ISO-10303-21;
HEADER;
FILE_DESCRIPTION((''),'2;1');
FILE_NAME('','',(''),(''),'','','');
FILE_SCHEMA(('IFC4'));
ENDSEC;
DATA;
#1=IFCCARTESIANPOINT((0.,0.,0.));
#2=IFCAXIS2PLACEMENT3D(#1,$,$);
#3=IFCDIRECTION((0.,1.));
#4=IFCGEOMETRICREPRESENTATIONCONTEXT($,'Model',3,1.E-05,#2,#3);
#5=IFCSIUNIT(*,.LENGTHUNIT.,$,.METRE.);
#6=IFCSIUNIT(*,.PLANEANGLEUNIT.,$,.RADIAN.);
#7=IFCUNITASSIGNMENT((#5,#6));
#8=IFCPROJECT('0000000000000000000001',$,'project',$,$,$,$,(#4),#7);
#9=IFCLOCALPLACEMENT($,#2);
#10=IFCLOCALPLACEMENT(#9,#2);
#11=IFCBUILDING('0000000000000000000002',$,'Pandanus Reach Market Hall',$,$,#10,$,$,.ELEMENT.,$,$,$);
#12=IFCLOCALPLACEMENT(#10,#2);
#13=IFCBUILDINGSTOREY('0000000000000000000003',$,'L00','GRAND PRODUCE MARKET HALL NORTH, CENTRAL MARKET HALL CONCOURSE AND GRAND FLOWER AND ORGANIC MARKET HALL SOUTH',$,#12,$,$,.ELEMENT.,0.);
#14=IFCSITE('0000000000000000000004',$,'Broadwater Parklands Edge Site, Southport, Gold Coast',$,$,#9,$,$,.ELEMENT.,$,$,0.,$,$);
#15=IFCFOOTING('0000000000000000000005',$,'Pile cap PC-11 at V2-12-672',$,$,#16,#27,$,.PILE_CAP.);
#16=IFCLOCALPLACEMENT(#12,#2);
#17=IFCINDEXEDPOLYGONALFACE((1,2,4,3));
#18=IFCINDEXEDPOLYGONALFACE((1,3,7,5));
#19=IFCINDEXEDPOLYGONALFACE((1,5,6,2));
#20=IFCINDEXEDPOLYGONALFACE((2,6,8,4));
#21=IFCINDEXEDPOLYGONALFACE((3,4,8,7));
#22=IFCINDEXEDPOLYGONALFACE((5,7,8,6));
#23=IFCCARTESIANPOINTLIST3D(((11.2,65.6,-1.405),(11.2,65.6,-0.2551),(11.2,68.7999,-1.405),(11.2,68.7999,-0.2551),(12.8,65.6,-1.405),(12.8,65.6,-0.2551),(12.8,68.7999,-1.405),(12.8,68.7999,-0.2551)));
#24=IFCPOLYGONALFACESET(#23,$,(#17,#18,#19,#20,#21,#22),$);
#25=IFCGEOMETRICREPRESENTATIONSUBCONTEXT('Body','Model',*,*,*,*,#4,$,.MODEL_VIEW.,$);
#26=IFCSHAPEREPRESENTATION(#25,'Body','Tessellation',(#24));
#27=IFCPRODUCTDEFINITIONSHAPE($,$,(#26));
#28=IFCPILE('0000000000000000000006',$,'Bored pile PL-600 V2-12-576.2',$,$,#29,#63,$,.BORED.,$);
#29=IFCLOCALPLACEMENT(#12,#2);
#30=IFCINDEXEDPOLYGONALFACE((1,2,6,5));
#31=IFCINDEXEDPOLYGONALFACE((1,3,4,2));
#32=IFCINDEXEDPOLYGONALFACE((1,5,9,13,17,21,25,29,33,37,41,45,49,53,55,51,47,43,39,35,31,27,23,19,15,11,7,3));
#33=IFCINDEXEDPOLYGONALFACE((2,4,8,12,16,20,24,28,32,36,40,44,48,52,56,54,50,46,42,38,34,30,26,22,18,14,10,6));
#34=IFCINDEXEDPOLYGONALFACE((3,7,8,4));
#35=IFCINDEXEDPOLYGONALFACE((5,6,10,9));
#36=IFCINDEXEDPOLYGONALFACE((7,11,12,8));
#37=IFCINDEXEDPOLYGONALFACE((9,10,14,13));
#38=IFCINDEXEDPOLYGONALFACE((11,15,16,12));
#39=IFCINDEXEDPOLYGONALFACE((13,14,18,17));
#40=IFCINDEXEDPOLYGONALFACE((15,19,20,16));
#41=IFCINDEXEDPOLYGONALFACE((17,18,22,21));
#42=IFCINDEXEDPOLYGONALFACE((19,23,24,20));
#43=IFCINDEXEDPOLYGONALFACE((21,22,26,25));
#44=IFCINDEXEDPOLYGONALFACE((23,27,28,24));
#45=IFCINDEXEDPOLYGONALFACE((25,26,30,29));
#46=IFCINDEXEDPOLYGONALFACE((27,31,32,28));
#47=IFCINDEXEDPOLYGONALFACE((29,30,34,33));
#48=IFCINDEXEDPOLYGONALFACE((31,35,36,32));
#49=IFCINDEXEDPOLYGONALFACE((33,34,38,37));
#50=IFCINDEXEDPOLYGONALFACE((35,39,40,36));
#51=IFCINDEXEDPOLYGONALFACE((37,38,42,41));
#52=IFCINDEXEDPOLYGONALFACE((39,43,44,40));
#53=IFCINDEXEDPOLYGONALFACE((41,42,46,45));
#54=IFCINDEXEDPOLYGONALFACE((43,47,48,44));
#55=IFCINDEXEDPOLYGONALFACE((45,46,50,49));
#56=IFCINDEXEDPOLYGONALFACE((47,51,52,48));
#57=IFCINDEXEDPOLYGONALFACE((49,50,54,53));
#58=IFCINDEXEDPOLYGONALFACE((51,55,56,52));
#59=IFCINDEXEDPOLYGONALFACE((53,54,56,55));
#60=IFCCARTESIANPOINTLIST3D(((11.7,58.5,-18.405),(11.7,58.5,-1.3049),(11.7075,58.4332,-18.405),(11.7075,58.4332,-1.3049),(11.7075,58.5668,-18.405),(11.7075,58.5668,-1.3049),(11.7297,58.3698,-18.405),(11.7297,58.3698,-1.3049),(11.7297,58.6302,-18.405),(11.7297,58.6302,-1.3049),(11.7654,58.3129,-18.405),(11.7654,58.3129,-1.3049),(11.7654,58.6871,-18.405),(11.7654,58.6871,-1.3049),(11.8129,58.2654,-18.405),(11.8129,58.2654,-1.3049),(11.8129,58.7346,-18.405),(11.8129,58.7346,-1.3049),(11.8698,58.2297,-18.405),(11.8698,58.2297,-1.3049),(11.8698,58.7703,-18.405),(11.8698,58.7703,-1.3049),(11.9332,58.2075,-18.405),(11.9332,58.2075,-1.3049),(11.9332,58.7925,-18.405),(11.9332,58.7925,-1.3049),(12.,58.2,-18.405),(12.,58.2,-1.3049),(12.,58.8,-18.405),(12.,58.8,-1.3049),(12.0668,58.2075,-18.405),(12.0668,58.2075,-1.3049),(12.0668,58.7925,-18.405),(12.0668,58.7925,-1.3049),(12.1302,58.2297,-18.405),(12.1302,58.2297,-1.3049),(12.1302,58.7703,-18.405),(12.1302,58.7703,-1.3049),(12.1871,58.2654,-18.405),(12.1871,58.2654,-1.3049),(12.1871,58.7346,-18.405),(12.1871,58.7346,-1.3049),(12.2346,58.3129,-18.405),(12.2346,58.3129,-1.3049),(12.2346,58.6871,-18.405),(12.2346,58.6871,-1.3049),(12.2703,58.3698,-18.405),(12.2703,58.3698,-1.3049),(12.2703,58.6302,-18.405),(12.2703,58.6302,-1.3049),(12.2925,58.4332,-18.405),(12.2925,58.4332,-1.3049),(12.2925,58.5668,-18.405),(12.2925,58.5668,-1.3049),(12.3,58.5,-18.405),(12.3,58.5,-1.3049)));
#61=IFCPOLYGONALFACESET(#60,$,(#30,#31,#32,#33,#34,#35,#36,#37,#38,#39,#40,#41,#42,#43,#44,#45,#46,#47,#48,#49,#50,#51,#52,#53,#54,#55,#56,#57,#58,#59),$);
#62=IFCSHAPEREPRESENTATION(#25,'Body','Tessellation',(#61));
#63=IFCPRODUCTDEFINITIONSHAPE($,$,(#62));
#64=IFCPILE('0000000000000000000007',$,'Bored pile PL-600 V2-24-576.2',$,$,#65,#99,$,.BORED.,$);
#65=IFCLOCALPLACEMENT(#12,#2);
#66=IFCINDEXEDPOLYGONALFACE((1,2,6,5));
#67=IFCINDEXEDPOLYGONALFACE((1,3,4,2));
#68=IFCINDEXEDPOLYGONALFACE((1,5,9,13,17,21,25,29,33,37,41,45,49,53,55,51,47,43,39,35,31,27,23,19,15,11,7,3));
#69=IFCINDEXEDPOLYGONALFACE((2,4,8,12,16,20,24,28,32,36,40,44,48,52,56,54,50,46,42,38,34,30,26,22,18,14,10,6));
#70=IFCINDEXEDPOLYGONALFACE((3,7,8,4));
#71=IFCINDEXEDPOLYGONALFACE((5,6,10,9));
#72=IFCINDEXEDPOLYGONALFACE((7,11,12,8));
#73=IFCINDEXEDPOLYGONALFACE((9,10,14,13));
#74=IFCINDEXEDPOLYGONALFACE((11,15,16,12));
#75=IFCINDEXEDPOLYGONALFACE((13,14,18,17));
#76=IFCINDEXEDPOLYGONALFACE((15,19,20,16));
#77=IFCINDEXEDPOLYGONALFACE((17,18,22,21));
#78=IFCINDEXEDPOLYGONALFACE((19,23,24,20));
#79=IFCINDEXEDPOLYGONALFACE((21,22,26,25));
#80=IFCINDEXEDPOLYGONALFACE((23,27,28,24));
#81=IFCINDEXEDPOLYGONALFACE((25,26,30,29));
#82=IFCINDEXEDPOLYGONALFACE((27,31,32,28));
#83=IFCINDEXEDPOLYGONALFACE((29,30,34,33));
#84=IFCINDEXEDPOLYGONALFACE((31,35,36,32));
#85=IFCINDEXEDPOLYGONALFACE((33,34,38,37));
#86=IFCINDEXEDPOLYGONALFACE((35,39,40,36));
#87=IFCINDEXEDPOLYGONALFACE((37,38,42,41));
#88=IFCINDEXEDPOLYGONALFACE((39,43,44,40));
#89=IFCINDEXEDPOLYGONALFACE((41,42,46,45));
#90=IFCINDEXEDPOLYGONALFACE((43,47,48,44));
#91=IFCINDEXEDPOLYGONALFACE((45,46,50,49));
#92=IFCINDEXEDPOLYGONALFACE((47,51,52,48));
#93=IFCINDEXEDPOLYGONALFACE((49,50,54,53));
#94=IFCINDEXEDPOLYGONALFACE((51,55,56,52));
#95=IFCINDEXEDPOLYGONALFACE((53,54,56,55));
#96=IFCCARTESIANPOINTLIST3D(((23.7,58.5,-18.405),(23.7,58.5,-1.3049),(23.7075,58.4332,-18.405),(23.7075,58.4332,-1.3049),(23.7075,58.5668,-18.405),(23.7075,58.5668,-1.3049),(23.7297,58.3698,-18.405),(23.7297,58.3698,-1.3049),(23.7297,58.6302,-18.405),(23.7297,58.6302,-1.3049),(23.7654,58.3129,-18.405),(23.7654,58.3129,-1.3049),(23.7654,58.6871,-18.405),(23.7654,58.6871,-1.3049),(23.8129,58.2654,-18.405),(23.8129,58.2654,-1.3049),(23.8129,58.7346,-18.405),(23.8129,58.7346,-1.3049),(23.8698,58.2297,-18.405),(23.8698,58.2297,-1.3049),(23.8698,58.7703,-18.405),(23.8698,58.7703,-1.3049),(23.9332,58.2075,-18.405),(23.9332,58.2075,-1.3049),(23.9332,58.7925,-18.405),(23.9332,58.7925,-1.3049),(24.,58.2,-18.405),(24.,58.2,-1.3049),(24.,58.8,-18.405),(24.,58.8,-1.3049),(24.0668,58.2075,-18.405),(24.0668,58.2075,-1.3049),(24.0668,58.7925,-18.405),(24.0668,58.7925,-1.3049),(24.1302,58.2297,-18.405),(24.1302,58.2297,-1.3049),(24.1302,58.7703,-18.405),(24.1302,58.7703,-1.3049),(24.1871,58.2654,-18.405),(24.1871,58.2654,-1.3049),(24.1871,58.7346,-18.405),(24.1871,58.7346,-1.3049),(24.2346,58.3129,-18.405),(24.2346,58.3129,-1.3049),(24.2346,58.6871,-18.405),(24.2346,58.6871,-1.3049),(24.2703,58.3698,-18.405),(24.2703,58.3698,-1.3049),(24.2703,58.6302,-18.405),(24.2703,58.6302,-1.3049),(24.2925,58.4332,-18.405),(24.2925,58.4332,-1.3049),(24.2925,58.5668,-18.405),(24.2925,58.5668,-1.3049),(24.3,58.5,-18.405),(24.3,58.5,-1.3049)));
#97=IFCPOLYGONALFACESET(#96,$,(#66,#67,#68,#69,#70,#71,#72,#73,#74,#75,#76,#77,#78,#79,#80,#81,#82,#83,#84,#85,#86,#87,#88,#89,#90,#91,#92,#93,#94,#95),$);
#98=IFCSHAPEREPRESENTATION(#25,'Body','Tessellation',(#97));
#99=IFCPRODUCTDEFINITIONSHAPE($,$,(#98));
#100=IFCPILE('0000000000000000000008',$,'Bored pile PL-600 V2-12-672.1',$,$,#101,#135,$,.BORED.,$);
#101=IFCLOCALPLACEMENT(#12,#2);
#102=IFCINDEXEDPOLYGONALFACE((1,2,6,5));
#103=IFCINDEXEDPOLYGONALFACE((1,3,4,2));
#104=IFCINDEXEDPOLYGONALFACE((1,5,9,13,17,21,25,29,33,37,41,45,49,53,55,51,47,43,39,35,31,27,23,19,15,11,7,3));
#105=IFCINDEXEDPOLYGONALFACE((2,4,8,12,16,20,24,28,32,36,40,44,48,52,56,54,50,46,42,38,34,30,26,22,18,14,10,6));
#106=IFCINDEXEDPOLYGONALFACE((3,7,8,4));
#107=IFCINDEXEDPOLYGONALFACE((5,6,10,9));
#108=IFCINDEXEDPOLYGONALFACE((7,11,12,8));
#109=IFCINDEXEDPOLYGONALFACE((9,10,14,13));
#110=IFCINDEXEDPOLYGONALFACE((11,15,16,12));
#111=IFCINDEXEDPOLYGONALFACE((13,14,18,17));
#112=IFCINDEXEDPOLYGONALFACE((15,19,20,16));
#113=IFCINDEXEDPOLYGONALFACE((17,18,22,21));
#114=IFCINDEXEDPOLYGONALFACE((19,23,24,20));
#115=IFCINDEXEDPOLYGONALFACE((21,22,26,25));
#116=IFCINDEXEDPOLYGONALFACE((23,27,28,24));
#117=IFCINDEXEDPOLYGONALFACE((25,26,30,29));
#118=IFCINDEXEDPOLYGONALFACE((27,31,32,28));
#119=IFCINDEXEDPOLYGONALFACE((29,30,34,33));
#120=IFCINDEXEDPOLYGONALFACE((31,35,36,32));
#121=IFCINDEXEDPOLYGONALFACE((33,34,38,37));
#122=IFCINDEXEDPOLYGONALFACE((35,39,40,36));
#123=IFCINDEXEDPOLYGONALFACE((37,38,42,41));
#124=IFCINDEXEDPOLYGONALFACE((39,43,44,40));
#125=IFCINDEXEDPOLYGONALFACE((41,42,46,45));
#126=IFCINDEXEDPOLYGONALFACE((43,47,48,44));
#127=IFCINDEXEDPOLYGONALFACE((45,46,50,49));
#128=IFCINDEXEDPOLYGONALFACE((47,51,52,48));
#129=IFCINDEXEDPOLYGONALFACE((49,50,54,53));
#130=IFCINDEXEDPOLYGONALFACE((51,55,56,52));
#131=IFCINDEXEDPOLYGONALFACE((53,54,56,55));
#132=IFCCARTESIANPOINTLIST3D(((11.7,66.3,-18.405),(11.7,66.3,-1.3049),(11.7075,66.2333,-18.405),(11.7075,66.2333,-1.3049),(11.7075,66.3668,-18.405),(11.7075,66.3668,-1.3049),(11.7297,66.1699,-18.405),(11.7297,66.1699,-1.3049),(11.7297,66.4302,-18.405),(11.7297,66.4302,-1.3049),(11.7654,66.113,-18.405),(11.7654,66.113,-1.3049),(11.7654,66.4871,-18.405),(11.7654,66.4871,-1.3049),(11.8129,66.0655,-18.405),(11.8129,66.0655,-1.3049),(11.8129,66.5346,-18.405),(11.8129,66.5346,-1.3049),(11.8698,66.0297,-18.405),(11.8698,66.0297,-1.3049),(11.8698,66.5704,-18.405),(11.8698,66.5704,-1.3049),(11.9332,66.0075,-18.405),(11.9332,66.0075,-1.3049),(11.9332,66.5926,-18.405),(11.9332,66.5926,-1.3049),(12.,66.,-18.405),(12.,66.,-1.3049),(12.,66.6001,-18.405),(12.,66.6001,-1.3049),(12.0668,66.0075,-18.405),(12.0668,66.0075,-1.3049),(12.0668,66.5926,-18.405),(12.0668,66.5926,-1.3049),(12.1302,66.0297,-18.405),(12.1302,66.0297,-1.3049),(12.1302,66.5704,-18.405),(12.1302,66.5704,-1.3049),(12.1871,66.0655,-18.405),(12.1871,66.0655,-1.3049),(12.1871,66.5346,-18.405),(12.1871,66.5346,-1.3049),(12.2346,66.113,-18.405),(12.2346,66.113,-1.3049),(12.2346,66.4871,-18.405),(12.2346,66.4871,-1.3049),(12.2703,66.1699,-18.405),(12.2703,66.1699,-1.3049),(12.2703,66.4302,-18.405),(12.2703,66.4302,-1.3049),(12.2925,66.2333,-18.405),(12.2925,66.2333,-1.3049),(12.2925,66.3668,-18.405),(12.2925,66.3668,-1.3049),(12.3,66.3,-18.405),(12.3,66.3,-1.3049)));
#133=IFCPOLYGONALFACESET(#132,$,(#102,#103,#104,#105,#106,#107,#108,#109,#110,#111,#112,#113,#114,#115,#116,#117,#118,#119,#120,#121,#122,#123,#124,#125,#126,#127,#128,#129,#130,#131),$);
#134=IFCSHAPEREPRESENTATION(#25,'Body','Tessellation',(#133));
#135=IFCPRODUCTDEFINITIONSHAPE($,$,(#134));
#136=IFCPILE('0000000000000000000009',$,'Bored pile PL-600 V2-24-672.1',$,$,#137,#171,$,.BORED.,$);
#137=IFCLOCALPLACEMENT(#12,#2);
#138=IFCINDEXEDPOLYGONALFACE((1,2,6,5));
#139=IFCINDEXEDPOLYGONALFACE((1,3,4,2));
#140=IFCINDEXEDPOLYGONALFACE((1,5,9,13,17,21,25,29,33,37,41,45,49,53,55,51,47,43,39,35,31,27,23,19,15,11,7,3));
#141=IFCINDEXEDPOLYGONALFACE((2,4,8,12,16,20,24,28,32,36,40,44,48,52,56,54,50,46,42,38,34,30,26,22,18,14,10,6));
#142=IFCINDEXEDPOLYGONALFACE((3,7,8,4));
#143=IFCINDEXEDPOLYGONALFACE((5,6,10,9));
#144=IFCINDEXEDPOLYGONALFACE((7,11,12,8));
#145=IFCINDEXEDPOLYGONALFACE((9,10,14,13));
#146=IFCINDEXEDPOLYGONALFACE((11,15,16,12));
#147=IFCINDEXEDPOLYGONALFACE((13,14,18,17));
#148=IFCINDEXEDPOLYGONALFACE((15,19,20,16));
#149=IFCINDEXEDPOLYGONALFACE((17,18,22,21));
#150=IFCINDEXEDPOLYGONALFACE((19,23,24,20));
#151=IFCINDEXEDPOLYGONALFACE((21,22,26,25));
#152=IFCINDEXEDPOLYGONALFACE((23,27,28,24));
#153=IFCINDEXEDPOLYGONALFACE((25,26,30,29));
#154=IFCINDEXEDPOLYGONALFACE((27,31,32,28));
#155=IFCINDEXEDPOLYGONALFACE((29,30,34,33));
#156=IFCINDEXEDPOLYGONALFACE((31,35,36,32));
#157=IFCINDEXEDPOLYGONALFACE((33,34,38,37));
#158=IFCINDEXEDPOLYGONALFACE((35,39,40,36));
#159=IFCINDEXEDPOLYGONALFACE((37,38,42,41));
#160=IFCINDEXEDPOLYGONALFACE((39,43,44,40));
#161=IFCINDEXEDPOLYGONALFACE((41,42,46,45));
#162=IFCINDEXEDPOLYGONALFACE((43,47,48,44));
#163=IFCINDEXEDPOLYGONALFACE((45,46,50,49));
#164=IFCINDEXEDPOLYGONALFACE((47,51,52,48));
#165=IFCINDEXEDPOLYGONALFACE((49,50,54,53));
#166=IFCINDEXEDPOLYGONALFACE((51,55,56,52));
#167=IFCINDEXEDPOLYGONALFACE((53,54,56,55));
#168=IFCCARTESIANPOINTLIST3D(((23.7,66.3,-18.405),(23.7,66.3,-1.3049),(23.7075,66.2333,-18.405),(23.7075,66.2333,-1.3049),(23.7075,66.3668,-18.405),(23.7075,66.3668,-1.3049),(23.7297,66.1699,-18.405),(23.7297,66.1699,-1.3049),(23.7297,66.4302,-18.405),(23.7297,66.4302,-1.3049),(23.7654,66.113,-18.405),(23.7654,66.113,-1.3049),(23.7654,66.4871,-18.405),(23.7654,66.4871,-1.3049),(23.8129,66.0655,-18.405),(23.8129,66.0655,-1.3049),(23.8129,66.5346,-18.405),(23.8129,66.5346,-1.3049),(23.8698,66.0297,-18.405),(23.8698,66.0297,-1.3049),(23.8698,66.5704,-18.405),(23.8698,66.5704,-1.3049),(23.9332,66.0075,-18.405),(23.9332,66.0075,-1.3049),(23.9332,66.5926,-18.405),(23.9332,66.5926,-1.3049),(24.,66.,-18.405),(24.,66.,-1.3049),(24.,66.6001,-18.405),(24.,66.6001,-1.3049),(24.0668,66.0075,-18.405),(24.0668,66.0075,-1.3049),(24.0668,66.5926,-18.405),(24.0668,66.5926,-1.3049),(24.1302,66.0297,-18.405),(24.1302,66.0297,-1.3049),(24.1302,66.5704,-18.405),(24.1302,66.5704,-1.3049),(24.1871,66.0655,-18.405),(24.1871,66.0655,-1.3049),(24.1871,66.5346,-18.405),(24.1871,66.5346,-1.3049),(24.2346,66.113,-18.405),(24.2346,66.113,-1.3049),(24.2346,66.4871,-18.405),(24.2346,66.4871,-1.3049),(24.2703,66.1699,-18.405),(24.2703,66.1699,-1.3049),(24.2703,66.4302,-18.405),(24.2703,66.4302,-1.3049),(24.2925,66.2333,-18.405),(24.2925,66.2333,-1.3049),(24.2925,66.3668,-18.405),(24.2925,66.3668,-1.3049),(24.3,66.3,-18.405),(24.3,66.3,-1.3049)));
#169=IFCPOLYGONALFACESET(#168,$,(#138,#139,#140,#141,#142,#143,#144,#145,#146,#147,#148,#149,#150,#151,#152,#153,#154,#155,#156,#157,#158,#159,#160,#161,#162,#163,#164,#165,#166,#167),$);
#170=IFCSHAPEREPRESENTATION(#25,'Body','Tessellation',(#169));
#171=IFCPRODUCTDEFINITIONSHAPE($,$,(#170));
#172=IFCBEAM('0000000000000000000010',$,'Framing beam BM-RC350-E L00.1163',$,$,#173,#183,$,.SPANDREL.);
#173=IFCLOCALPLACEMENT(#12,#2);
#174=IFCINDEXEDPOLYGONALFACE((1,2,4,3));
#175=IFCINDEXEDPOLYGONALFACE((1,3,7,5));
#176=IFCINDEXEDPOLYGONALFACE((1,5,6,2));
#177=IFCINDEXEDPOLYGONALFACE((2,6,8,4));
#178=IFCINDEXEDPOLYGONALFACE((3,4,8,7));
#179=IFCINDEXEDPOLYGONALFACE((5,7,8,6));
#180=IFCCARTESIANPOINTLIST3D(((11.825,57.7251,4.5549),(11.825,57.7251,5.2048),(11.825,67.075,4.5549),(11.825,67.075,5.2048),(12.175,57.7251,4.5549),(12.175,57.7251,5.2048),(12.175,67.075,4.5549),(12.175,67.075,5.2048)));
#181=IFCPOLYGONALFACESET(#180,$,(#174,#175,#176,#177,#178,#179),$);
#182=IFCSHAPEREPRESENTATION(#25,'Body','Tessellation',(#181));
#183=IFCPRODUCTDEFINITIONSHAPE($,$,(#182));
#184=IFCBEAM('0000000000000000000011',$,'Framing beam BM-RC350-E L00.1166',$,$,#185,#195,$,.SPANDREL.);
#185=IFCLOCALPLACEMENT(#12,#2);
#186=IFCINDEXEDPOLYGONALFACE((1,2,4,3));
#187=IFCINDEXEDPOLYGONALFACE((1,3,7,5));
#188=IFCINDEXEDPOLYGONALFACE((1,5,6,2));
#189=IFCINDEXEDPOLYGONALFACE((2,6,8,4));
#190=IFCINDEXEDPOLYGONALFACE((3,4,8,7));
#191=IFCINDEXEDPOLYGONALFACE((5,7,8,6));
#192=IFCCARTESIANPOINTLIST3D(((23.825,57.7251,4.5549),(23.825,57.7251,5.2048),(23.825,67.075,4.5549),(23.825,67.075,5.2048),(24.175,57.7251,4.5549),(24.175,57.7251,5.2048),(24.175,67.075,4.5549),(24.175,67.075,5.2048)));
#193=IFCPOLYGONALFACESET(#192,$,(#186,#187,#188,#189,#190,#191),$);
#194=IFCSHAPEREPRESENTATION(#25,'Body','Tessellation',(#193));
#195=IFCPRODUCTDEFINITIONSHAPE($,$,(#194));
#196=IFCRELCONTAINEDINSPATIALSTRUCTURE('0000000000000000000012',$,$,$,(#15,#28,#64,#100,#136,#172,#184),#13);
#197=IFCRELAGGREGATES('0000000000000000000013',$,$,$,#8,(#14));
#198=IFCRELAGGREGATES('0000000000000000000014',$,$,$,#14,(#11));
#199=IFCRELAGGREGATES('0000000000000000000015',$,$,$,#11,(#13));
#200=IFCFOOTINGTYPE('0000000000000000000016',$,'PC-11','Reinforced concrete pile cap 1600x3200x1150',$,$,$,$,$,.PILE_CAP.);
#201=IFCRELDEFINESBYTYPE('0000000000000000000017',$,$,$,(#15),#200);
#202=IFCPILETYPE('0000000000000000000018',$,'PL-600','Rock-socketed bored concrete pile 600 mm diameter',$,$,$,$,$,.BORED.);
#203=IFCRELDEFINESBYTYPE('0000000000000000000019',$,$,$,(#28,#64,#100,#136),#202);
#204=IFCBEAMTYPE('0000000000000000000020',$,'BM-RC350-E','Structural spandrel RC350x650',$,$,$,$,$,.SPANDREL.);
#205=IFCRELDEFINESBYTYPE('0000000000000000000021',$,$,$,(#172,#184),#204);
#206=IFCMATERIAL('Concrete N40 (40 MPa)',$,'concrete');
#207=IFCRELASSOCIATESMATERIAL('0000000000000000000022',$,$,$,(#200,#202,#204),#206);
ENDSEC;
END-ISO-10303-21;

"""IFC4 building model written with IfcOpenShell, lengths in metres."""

from ifc_helpers import new_model, si_unit, direction, frame, origin, origin_2d, place, context, subcontext, project, spatial, rectangle, circle, extrude, material, material_profile, profile_set, type_object, element, save


model = new_model("IFC4")

# Units and contexts
model_context = context("Model", 3, precision=1e-05, world=origin(), true_north=direction((0.0, 1.0)))
body_context = subcontext(model_context, "Body", "Model", "MODEL_VIEW")
ifc_project = project(units=[si_unit("LENGTHUNIT", "METRE"), si_unit("PLANEANGLEUNIT", "RADIAN")], contexts=[model_context])

# Site, building, storey
site_placement = place(None, origin())
site = spatial("IfcSite", under=ifc_project, at=site_placement, Name="Broadwater Parklands Edge Site, Southport, Gold Coast", CompositionType="ELEMENT", RefElevation=0.0)
building_placement = place(site_placement, origin())
building = spatial("IfcBuilding", under=site, at=building_placement, Name="Pandanus Reach Market Hall", CompositionType="ELEMENT")
storey_placement = place(building_placement, origin())
storey = spatial("IfcBuildingStorey", under=building, at=storey_placement, Name="L00", Description="GRAND PRODUCE MARKET HALL NORTH, CENTRAL MARKET HALL CONCOURSE AND GRAND FLOWER AND ORGANIC MARKET HALL SOUTH", CompositionType="ELEMENT", Elevation=0.0)

# Footing
ifc_material_1 = material(Name="Concrete N40 (40 MPa)", Category="concrete")
footing_type = type_object("IfcFootingType", Name="PC-11", Description="Reinforced concrete pile cap 1600x3200x1150", PredefinedType="PILE_CAP", material=ifc_material_1)
footing_placement = place(storey_placement, frame((12.0, 67.2, -1.405), z_axis=(0.0, 0.0, 1.0), x_axis=(1.0, 0.0, 0.0)))
element("IfcFooting", 1, at=footing_placement, inside=storey, type_object=footing_type, Name="Pile cap PC-11 at V2-12-672", PredefinedType="PILE_CAP", context=body_context, shape_type="SweptSolid", body=[
    extrude(rectangle(XDim=1.6001, YDim=3.2, at=origin_2d()), origin(), (0.0, 0.0, 1.0), 1.1499),
])

# Piles
ifc_material_profile_1 = material_profile(ifc_material_1, circle(Radius=0.3, at=origin_2d()), Name="PILE-600D", Category="LoadBearing")
ifc_profile_set_1 = profile_set([ifc_material_profile_1], Name="Concrete N40 (40 MPa)")
pile_type = type_object("IfcPileType", Name="PL-600", Description="Rock-socketed bored concrete pile 600 mm diameter", PredefinedType="BORED", material=ifc_profile_set_1)
for number, where, z_axis, x_axis, name in (
    (2, (12.0, 58.5, -1.3049), (0.0, 0.0, -1.0), (1.0, 0.0, 0.0), "Bored pile PL-600 V2-12-576.2"),
    (3, (24.0, 58.5, -1.3049), (0.0, 0.0, -1.0), (1.0, 0.0, 0.0), "Bored pile PL-600 V2-24-576.2"),
    (4, (12.0, 66.3, -1.3049), (0.0, 0.0, -1.0), (1.0, 0.0, 0.0), "Bored pile PL-600 V2-12-672.1"),
    (5, (24.0, 66.3, -1.3049), (0.0, 0.0, -1.0), (1.0, 0.0, 0.0), "Bored pile PL-600 V2-24-672.1"),
):
    element("IfcPile", number, at=place(storey_placement, frame(where, z_axis=z_axis, x_axis=x_axis)), inside=storey, type_object=pile_type, Name=name, PredefinedType="BORED", context=body_context, shape_type="SweptSolid", body=[
        extrude(circle(Radius=0.3, at=origin_2d()), origin(), (0.0, 0.0, 1.0), 17.1001),
    ])

# Beams
ifc_material_profile_2 = material_profile(ifc_material_1, rectangle(XDim=0.3501, YDim=0.6499, at=origin_2d()), Name="RC350x650", Category="LoadBearing")
ifc_profile_set_2 = profile_set([ifc_material_profile_2], Name="Concrete N40 (40 MPa)")
beam_type = type_object("IfcBeamType", Name="BM-RC350-E", Description="Structural spandrel RC350x650", PredefinedType="SPANDREL", material=ifc_profile_set_2)
for number, where, z_axis, x_axis, name in (
    (6, (12.0, 57.7251, 4.8799), (0.0, 1.0, 0.0), (-1.0, 0.0, 0.0), "Framing beam BM-RC350-E L00.1163"),
    (7, (24.0, 57.7251, 4.8799), (0.0, 1.0, 0.0), (-1.0, 0.0, 0.0), "Framing beam BM-RC350-E L00.1166"),
):
    element("IfcBeam", number, at=place(storey_placement, frame(where, z_axis=z_axis, x_axis=x_axis)), inside=storey, type_object=beam_type, Name=name, PredefinedType="SPANDREL", context=body_context, shape_type="SweptSolid", body=[
        extrude(rectangle(XDim=0.3501, YDim=0.6499, at=origin_2d()), origin(), (0.0, 0.0, 1.0), 9.3499),
    ])

save(model, "model.ifc")
